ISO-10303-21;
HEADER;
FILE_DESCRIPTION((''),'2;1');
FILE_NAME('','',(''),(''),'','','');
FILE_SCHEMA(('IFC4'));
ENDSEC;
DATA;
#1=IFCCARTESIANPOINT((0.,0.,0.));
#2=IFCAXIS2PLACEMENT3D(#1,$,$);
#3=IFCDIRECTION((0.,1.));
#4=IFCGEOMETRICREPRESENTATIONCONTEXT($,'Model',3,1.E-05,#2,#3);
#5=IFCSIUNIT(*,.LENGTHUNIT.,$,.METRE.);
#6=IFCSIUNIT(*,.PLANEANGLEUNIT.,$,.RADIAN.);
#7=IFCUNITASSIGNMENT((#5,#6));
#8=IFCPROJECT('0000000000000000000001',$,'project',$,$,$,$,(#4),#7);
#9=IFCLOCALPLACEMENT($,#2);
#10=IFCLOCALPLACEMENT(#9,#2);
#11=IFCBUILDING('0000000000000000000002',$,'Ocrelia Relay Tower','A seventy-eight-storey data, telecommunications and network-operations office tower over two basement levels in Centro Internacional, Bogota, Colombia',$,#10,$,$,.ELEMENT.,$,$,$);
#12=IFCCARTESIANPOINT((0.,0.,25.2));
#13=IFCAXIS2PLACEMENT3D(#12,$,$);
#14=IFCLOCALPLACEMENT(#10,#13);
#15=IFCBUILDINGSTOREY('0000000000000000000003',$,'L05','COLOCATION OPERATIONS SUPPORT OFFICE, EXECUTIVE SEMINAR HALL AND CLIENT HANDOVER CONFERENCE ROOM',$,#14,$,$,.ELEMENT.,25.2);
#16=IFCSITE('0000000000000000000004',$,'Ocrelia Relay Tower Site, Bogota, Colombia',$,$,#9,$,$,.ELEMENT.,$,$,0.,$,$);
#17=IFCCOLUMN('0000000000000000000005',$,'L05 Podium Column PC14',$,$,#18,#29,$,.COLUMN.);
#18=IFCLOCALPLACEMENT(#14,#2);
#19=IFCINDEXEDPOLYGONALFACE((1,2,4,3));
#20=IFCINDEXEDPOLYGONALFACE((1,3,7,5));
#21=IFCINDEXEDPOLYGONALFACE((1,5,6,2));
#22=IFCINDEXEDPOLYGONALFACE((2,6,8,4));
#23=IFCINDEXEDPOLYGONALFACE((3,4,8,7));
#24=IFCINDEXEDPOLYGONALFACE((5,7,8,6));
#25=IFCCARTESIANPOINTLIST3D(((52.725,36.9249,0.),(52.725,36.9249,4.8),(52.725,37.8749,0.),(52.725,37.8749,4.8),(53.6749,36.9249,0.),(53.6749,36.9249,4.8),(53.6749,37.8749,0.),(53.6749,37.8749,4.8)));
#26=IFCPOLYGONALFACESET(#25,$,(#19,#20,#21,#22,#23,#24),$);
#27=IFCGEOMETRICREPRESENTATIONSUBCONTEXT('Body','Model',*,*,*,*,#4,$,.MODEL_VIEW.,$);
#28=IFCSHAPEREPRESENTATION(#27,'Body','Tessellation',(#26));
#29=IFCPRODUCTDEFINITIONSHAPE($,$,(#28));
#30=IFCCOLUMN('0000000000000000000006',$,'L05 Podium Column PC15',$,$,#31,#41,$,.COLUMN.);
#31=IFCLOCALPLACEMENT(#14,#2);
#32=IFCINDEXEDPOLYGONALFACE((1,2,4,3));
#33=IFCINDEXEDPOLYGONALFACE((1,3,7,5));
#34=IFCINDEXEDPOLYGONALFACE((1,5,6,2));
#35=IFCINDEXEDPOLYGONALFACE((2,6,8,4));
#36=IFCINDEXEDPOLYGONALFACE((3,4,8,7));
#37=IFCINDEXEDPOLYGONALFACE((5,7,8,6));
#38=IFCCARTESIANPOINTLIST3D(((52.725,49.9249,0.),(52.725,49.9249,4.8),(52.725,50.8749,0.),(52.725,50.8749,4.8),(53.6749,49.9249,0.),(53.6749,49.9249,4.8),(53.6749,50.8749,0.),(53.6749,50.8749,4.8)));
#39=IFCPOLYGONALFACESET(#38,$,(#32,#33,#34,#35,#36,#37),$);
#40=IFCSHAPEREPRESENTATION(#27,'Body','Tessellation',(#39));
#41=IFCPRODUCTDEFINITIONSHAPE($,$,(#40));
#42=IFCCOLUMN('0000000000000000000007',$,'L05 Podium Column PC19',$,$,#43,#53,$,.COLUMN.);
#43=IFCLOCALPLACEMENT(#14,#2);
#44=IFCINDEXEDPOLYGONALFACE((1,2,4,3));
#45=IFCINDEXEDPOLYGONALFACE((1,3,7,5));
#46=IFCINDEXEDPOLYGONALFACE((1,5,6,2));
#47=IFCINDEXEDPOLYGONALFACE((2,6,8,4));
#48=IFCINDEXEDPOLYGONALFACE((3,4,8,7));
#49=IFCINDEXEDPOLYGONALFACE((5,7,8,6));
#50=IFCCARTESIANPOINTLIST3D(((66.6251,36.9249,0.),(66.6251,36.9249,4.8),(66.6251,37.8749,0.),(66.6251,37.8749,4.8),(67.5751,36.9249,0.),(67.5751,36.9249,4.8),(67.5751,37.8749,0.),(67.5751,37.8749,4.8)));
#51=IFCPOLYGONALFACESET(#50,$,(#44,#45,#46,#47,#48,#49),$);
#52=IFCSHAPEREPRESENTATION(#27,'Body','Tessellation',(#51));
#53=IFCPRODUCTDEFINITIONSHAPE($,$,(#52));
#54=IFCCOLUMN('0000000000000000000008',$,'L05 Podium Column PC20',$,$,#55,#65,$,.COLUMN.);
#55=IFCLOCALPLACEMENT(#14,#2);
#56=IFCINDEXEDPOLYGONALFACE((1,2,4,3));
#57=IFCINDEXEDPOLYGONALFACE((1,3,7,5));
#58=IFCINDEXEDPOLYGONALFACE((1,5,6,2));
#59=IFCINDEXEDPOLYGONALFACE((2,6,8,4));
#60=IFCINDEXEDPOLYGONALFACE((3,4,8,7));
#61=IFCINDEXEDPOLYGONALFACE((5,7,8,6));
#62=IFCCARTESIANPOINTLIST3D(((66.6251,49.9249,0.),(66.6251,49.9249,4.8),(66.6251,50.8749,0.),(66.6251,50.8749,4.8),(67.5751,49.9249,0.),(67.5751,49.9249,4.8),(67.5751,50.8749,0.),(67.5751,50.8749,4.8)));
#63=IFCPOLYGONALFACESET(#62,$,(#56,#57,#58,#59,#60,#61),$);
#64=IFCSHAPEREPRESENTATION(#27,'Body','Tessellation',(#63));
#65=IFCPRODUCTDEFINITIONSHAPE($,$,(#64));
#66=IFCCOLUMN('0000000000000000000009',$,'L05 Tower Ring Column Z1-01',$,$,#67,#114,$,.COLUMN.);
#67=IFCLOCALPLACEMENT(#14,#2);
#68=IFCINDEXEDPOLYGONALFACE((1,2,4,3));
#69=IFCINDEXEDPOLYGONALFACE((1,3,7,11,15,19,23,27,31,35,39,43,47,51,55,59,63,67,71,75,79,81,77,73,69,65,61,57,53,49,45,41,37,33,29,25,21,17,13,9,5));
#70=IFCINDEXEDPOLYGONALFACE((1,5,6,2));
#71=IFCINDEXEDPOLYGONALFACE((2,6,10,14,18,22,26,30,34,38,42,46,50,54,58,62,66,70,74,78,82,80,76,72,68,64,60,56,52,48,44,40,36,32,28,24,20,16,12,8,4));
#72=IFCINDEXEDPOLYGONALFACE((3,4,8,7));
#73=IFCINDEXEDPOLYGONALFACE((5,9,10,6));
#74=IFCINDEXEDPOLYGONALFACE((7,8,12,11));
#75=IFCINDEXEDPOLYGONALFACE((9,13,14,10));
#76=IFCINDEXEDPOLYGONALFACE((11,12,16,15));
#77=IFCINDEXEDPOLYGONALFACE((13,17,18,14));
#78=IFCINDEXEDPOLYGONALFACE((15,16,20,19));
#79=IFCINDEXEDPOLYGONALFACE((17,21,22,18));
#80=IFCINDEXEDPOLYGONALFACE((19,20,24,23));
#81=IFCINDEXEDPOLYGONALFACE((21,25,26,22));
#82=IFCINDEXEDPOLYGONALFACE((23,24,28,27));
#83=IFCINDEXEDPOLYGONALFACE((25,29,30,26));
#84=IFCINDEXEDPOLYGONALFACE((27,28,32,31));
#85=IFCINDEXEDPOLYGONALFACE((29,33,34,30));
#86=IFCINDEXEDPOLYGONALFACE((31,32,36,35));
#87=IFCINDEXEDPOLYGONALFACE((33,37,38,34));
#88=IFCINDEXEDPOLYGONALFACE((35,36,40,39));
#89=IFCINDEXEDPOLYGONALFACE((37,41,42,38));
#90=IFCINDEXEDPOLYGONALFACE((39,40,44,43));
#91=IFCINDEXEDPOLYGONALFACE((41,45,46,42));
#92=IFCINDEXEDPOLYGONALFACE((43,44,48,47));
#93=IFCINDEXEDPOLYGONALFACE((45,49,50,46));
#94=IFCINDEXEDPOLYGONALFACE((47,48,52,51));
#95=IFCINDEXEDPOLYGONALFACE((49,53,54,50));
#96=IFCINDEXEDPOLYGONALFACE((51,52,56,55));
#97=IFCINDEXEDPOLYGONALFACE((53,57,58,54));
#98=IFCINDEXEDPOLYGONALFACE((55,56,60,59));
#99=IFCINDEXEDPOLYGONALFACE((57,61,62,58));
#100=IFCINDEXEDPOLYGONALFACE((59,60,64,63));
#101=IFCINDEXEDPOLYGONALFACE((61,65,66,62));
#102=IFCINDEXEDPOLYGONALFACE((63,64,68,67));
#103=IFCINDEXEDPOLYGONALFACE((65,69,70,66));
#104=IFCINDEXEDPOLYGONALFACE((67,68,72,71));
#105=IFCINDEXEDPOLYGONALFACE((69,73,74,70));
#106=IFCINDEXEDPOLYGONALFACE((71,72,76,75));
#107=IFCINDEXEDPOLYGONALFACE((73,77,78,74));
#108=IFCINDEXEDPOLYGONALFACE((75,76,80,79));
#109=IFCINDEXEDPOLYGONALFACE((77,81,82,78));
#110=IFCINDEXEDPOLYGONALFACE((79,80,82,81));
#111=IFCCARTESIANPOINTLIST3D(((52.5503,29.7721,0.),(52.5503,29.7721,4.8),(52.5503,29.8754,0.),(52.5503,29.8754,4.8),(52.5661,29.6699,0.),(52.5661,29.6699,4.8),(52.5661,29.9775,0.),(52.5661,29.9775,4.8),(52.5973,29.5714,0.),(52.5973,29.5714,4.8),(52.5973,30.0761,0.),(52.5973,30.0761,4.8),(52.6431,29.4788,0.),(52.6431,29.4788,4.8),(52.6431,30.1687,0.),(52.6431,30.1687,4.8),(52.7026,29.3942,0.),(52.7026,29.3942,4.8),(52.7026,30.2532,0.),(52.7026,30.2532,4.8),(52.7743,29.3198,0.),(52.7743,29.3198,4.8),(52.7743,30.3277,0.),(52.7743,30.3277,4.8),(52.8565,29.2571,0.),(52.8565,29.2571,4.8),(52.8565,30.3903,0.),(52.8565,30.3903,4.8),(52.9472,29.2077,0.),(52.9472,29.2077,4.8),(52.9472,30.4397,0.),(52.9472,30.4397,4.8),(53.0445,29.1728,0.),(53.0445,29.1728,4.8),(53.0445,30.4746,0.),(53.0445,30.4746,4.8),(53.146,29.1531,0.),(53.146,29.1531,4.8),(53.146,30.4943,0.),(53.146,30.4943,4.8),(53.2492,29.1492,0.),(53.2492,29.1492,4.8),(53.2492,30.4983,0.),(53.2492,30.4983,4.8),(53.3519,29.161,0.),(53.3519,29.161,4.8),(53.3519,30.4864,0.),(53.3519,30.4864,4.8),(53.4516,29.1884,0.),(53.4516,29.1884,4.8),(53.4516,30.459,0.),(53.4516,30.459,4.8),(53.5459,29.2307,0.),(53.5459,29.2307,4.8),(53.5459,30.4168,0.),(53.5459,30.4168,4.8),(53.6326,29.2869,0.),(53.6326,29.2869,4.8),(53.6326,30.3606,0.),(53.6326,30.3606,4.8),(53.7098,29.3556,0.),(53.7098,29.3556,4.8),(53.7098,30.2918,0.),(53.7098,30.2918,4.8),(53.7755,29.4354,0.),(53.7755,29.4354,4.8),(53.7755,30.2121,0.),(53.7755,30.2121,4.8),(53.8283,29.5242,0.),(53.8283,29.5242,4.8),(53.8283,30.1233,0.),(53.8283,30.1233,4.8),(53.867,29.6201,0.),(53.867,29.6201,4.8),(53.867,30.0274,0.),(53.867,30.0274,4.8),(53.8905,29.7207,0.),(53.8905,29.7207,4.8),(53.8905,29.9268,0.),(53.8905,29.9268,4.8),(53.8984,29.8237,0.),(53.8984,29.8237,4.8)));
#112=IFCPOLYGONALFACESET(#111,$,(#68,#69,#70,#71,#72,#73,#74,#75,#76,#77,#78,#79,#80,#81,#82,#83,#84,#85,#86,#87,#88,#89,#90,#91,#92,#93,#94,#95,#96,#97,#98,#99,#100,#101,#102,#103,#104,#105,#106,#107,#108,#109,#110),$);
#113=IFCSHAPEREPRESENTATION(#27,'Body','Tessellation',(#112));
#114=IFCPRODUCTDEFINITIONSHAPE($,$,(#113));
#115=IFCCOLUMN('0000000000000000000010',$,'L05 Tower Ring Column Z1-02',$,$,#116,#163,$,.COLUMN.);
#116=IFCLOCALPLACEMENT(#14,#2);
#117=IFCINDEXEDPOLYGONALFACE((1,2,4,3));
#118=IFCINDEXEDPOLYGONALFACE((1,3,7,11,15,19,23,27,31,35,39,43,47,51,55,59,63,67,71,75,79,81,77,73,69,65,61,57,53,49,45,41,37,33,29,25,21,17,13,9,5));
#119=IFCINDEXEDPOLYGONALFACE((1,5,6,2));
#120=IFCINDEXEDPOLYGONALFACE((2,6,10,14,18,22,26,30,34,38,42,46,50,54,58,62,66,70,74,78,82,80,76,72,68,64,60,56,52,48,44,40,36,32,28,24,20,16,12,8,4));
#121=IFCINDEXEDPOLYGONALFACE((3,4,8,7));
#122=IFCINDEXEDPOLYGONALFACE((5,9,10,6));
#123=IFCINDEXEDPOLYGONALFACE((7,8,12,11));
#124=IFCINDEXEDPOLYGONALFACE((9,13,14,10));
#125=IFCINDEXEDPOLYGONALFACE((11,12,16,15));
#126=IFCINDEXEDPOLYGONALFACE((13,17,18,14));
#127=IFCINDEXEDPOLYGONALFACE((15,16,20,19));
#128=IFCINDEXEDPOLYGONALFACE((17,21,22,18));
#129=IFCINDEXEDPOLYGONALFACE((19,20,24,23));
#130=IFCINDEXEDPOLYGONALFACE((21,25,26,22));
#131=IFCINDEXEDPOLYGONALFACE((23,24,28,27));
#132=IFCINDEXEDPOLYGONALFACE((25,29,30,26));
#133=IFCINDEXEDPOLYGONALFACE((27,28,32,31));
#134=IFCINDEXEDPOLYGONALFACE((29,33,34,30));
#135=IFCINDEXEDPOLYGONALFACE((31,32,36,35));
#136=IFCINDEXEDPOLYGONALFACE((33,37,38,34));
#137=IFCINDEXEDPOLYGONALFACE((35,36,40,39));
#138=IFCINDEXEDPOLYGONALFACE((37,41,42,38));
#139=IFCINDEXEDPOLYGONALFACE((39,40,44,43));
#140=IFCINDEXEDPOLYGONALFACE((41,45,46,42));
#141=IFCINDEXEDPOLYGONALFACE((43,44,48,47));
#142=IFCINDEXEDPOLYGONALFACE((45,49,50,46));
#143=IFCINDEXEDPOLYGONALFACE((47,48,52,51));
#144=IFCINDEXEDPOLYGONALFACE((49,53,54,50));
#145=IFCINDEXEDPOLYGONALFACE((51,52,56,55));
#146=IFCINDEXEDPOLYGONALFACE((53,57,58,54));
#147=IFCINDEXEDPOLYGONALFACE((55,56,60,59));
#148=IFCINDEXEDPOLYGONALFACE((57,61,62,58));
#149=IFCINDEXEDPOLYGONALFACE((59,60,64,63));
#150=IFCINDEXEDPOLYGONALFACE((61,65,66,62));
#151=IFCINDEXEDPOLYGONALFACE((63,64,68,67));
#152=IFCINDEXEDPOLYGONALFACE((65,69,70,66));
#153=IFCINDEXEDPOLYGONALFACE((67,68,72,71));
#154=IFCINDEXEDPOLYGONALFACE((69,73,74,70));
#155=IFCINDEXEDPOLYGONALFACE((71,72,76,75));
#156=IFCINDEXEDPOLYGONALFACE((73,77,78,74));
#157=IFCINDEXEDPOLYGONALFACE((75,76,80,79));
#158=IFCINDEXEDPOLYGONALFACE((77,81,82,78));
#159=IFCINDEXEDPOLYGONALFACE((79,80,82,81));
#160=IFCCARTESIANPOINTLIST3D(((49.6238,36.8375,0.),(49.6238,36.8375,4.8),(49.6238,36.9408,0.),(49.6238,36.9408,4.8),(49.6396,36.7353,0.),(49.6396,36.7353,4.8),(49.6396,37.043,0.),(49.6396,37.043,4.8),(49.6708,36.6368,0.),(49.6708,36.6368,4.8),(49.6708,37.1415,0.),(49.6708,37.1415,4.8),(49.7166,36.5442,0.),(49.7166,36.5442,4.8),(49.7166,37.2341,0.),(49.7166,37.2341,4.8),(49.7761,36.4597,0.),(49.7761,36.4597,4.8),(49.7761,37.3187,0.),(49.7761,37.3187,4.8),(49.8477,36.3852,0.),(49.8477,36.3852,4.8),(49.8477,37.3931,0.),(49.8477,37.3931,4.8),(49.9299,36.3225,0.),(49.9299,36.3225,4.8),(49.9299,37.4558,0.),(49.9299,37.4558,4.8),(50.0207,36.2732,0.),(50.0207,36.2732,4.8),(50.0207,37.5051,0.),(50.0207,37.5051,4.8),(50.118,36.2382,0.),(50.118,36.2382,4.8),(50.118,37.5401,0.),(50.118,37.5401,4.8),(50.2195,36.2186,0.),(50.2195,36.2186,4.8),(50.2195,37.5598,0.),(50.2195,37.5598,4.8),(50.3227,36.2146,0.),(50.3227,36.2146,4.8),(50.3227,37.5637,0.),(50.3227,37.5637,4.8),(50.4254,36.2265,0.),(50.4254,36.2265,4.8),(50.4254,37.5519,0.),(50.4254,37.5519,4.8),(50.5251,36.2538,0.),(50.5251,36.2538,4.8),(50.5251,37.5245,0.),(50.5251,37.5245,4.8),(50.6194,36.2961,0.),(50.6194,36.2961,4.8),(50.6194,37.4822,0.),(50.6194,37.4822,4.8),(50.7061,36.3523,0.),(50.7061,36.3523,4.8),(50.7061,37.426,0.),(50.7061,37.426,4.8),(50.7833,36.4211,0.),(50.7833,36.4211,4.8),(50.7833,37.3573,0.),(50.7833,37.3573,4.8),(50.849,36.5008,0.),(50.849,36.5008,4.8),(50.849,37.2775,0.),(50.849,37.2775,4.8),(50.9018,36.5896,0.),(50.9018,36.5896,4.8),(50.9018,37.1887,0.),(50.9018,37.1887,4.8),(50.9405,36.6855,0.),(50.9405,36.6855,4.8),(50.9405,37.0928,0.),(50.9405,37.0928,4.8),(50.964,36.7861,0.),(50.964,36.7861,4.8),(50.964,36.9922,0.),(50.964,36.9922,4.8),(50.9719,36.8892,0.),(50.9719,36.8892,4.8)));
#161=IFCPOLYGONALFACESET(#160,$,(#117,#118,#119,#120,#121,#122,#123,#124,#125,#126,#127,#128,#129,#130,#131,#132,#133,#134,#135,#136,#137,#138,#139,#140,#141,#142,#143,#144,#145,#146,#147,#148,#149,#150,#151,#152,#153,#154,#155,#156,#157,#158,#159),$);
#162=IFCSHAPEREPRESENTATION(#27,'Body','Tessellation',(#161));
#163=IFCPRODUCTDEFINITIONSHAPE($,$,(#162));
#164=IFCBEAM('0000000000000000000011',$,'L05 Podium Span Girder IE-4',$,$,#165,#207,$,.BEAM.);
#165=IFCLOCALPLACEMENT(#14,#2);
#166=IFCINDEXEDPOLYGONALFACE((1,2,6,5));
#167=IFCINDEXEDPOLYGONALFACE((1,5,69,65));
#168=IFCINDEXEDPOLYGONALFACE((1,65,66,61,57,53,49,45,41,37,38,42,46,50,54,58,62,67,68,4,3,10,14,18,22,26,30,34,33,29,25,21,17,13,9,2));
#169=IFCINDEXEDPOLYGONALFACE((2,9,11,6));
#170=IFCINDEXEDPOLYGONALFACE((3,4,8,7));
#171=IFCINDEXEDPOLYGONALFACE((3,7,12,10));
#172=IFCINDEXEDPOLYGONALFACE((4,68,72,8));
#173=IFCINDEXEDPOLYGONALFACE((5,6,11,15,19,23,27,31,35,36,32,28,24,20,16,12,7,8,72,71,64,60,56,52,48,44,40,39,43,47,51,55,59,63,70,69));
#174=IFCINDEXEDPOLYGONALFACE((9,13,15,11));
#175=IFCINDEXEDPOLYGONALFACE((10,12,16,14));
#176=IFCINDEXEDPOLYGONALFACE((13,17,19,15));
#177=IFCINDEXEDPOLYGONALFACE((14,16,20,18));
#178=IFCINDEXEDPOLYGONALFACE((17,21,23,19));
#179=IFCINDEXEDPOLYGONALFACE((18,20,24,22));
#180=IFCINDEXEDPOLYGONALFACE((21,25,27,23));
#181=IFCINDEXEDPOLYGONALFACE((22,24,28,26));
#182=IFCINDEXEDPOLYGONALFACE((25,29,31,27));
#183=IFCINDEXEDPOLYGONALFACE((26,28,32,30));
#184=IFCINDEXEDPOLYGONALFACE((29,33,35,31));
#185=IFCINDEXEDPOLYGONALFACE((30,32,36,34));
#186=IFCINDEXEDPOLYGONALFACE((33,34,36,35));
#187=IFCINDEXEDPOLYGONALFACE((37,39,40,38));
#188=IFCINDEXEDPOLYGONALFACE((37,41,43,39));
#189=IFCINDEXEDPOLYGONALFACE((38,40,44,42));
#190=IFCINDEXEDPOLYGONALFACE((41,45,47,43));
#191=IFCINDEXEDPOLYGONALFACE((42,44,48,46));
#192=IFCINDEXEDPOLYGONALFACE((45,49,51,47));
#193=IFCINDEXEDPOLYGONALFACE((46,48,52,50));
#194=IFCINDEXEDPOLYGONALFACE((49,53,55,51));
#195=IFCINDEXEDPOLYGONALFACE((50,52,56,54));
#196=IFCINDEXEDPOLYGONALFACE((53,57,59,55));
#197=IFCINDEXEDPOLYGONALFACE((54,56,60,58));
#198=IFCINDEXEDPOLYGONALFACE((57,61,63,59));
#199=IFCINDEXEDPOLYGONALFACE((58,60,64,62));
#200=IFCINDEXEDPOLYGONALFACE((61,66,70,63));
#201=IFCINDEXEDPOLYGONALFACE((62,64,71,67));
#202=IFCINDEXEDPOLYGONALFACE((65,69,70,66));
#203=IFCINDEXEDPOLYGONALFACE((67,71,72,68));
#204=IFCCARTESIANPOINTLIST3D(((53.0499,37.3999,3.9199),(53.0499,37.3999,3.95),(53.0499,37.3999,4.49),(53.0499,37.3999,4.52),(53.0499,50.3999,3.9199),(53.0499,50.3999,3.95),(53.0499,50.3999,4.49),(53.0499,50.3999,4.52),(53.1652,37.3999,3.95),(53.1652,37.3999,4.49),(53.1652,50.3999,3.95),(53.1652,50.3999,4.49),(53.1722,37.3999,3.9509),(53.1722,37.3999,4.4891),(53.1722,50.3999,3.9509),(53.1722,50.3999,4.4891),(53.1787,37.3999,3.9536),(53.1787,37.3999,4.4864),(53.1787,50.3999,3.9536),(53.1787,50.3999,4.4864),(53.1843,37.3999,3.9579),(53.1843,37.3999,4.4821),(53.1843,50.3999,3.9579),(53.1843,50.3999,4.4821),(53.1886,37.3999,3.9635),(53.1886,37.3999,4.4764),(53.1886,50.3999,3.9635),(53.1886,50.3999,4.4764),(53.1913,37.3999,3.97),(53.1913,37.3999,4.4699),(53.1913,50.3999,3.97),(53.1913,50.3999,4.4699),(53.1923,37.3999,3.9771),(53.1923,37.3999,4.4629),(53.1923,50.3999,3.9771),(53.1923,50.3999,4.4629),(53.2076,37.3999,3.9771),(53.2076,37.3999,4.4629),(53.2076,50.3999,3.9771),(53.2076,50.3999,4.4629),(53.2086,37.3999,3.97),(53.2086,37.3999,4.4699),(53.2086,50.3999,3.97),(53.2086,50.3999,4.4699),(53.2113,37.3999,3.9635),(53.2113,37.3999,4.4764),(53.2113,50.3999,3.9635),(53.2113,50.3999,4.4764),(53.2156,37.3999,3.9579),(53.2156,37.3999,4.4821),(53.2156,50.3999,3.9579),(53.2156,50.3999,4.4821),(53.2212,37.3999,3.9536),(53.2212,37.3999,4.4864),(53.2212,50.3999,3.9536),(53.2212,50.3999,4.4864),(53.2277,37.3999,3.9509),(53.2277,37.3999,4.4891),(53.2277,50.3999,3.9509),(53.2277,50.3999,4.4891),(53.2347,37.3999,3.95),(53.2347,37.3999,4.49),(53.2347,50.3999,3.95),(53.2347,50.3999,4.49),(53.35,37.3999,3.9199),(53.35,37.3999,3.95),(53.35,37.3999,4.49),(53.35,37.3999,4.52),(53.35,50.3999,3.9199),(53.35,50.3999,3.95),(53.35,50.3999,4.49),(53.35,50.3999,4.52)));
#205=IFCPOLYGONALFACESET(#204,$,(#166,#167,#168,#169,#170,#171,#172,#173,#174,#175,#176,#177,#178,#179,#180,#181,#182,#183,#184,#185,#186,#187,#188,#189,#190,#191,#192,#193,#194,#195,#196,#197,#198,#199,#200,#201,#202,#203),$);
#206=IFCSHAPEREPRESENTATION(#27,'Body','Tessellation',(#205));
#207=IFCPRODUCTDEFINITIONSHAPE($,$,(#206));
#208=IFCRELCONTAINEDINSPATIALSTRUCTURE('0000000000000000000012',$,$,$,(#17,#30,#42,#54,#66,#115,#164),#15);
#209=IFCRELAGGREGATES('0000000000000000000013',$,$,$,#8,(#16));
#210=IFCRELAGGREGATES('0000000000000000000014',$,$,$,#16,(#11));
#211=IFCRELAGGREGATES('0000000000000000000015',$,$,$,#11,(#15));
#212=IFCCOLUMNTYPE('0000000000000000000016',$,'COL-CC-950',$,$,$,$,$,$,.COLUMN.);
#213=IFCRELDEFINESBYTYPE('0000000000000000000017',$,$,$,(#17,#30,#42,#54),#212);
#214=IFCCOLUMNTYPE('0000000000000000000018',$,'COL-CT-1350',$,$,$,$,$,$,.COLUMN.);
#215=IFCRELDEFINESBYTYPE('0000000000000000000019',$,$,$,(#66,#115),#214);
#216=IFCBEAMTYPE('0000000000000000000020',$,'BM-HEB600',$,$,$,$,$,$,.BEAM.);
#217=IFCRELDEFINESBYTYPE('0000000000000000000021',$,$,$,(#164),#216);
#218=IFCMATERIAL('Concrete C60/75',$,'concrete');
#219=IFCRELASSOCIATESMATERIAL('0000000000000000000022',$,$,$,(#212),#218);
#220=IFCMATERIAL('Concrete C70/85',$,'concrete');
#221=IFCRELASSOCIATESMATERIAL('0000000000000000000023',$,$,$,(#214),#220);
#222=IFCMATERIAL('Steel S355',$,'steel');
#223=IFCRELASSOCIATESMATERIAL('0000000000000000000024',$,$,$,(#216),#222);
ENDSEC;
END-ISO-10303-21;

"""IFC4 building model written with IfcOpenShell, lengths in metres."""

from ifc_helpers import new_model, si_unit, direction, frame, origin, origin_2d, place, context, subcontext, project, spatial, rectangle, circle, i_section, extrude, material, material_profile, profile_set, type_object, element, save


model = new_model("IFC4")

# Units and contexts
model_context = context("Model", 3, precision=1e-05, world=origin(), true_north=direction((0.0, 1.0)))
body_context = subcontext(model_context, "Body", "Model", "MODEL_VIEW")
ifc_project = project(units=[si_unit("LENGTHUNIT", "METRE"), si_unit("PLANEANGLEUNIT", "RADIAN")], contexts=[model_context])

# Site, building, storey
site_placement = place(None, origin())
site = spatial("IfcSite", under=ifc_project, at=site_placement, Name="Ocrelia Relay Tower Site, Bogota, Colombia", CompositionType="ELEMENT", RefElevation=0.0)
building_placement = place(site_placement, origin())
building = spatial("IfcBuilding", under=site, at=building_placement, Name="Ocrelia Relay Tower", Description="A seventy-eight-storey data, telecommunications and network-operations office tower over two basement levels in Centro Internacional, Bogota, Colombia", CompositionType="ELEMENT")
storey_placement = place(building_placement, frame((0.0, 0.0, 25.2)))
storey = spatial("IfcBuildingStorey", under=building, at=storey_placement, Name="L05", Description="COLOCATION OPERATIONS SUPPORT OFFICE, EXECUTIVE SEMINAR HALL AND CLIENT HANDOVER CONFERENCE ROOM", CompositionType="ELEMENT", Elevation=25.2)

# Columns
ifc_material_1 = material(Name="Concrete C60/75", Category="concrete")
ifc_material_profile_1 = material_profile(ifc_material_1, rectangle(XDim=0.95, YDim=0.95, at=origin_2d()), Name="RC-COL-950x950")
ifc_profile_set_1 = profile_set([ifc_material_profile_1], Name="Concrete C60/75")
column_type_1 = type_object("IfcColumnType", Name="COL-CC-950", PredefinedType="COLUMN", material=ifc_profile_set_1)
for number, where, z_axis, x_axis, name in (
    (1, (53.2, 37.3999, 0.0), (0.0, 0.0, 1.0), (1.0, 0.0, 0.0), "L05 Podium Column PC14"),
    (2, (53.2, 50.3999, 0.0), (0.0, 0.0, 1.0), (1.0, 0.0, 0.0), "L05 Podium Column PC15"),
    (3, (67.1001, 37.3999, 0.0), (0.0, 0.0, 1.0), (1.0, 0.0, 0.0), "L05 Podium Column PC19"),
    (4, (67.1001, 50.3999, 0.0), (0.0, 0.0, 1.0), (1.0, 0.0, 0.0), "L05 Podium Column PC20"),
):
    element("IfcColumn", number, at=place(storey_placement, frame(where, z_axis=z_axis, x_axis=x_axis)), inside=storey, type_object=column_type_1, Name=name, PredefinedType="COLUMN", context=body_context, shape_type="SweptSolid", body=[
        extrude(rectangle(XDim=0.95, YDim=0.95, at=origin_2d()), origin(), (0.0, 0.0, 1.0), 4.8),
    ])
ifc_material_2 = material(Name="Concrete C70/85", Category="concrete")
ifc_material_profile_2 = material_profile(ifc_material_2, circle(Radius=0.675, at=origin_2d()), Name="RC-CIR-1350")
ifc_profile_set_2 = profile_set([ifc_material_profile_2], Name="Concrete C70/85")
column_type_2 = type_object("IfcColumnType", Name="COL-CT-1350", PredefinedType="COLUMN", material=ifc_profile_set_2)
for number, where, z_axis, x_axis, name in (
    (5, (53.2234, 29.8237, 0.0), (0.0, 0.0, 1.0), (1.0, 0.0, 0.0), "L05 Tower Ring Column Z1-01"),
    (6, (50.2969, 36.8892, 0.0), (0.0, 0.0, 1.0), (1.0, 0.0, 0.0), "L05 Tower Ring Column Z1-02"),
):
    element("IfcColumn", number, at=place(storey_placement, frame(where, z_axis=z_axis, x_axis=x_axis)), inside=storey, type_object=column_type_2, Name=name, PredefinedType="COLUMN", context=body_context, shape_type="SweptSolid", body=[
        extrude(circle(Radius=0.675, at=origin_2d()), origin(), (0.0, 0.0, 1.0), 4.8),
    ])

# Beam
ifc_material_3 = material(Name="Steel S355", Category="steel")
ifc_material_profile_3 = material_profile(ifc_material_3, i_section(OverallWidth=0.3, OverallDepth=0.6001, WebThickness=0.0154, FlangeThickness=0.03, FilletRadius=0.0271, at=origin_2d()), Name="HEB 600")
ifc_profile_set_3 = profile_set([ifc_material_profile_3], Name="Steel S355")
beam_type_1 = type_object("IfcBeamType", Name="BM-HEB600", PredefinedType="BEAM", material=ifc_profile_set_3)
for number, where, z_axis, x_axis, name in (
    (7, (53.2, 37.3999, 4.22), (0.0, 1.0, 0.0), (-1.0, 0.0, 0.0), "L05 Podium Span Girder IE-4"),
):
    element("IfcBeam", number, at=place(storey_placement, frame(where, z_axis=z_axis, x_axis=x_axis)), inside=storey, type_object=beam_type_1, Name=name, PredefinedType="BEAM", context=body_context, shape_type="SweptSolid", body=[
        extrude(i_section(OverallWidth=0.3, OverallDepth=0.6001, WebThickness=0.0154, FlangeThickness=0.03, FilletRadius=0.0271, at=origin_2d()), origin(), (0.0, 0.0, 1.0), 13.0),
    ])

save(model, "model.ifc")
